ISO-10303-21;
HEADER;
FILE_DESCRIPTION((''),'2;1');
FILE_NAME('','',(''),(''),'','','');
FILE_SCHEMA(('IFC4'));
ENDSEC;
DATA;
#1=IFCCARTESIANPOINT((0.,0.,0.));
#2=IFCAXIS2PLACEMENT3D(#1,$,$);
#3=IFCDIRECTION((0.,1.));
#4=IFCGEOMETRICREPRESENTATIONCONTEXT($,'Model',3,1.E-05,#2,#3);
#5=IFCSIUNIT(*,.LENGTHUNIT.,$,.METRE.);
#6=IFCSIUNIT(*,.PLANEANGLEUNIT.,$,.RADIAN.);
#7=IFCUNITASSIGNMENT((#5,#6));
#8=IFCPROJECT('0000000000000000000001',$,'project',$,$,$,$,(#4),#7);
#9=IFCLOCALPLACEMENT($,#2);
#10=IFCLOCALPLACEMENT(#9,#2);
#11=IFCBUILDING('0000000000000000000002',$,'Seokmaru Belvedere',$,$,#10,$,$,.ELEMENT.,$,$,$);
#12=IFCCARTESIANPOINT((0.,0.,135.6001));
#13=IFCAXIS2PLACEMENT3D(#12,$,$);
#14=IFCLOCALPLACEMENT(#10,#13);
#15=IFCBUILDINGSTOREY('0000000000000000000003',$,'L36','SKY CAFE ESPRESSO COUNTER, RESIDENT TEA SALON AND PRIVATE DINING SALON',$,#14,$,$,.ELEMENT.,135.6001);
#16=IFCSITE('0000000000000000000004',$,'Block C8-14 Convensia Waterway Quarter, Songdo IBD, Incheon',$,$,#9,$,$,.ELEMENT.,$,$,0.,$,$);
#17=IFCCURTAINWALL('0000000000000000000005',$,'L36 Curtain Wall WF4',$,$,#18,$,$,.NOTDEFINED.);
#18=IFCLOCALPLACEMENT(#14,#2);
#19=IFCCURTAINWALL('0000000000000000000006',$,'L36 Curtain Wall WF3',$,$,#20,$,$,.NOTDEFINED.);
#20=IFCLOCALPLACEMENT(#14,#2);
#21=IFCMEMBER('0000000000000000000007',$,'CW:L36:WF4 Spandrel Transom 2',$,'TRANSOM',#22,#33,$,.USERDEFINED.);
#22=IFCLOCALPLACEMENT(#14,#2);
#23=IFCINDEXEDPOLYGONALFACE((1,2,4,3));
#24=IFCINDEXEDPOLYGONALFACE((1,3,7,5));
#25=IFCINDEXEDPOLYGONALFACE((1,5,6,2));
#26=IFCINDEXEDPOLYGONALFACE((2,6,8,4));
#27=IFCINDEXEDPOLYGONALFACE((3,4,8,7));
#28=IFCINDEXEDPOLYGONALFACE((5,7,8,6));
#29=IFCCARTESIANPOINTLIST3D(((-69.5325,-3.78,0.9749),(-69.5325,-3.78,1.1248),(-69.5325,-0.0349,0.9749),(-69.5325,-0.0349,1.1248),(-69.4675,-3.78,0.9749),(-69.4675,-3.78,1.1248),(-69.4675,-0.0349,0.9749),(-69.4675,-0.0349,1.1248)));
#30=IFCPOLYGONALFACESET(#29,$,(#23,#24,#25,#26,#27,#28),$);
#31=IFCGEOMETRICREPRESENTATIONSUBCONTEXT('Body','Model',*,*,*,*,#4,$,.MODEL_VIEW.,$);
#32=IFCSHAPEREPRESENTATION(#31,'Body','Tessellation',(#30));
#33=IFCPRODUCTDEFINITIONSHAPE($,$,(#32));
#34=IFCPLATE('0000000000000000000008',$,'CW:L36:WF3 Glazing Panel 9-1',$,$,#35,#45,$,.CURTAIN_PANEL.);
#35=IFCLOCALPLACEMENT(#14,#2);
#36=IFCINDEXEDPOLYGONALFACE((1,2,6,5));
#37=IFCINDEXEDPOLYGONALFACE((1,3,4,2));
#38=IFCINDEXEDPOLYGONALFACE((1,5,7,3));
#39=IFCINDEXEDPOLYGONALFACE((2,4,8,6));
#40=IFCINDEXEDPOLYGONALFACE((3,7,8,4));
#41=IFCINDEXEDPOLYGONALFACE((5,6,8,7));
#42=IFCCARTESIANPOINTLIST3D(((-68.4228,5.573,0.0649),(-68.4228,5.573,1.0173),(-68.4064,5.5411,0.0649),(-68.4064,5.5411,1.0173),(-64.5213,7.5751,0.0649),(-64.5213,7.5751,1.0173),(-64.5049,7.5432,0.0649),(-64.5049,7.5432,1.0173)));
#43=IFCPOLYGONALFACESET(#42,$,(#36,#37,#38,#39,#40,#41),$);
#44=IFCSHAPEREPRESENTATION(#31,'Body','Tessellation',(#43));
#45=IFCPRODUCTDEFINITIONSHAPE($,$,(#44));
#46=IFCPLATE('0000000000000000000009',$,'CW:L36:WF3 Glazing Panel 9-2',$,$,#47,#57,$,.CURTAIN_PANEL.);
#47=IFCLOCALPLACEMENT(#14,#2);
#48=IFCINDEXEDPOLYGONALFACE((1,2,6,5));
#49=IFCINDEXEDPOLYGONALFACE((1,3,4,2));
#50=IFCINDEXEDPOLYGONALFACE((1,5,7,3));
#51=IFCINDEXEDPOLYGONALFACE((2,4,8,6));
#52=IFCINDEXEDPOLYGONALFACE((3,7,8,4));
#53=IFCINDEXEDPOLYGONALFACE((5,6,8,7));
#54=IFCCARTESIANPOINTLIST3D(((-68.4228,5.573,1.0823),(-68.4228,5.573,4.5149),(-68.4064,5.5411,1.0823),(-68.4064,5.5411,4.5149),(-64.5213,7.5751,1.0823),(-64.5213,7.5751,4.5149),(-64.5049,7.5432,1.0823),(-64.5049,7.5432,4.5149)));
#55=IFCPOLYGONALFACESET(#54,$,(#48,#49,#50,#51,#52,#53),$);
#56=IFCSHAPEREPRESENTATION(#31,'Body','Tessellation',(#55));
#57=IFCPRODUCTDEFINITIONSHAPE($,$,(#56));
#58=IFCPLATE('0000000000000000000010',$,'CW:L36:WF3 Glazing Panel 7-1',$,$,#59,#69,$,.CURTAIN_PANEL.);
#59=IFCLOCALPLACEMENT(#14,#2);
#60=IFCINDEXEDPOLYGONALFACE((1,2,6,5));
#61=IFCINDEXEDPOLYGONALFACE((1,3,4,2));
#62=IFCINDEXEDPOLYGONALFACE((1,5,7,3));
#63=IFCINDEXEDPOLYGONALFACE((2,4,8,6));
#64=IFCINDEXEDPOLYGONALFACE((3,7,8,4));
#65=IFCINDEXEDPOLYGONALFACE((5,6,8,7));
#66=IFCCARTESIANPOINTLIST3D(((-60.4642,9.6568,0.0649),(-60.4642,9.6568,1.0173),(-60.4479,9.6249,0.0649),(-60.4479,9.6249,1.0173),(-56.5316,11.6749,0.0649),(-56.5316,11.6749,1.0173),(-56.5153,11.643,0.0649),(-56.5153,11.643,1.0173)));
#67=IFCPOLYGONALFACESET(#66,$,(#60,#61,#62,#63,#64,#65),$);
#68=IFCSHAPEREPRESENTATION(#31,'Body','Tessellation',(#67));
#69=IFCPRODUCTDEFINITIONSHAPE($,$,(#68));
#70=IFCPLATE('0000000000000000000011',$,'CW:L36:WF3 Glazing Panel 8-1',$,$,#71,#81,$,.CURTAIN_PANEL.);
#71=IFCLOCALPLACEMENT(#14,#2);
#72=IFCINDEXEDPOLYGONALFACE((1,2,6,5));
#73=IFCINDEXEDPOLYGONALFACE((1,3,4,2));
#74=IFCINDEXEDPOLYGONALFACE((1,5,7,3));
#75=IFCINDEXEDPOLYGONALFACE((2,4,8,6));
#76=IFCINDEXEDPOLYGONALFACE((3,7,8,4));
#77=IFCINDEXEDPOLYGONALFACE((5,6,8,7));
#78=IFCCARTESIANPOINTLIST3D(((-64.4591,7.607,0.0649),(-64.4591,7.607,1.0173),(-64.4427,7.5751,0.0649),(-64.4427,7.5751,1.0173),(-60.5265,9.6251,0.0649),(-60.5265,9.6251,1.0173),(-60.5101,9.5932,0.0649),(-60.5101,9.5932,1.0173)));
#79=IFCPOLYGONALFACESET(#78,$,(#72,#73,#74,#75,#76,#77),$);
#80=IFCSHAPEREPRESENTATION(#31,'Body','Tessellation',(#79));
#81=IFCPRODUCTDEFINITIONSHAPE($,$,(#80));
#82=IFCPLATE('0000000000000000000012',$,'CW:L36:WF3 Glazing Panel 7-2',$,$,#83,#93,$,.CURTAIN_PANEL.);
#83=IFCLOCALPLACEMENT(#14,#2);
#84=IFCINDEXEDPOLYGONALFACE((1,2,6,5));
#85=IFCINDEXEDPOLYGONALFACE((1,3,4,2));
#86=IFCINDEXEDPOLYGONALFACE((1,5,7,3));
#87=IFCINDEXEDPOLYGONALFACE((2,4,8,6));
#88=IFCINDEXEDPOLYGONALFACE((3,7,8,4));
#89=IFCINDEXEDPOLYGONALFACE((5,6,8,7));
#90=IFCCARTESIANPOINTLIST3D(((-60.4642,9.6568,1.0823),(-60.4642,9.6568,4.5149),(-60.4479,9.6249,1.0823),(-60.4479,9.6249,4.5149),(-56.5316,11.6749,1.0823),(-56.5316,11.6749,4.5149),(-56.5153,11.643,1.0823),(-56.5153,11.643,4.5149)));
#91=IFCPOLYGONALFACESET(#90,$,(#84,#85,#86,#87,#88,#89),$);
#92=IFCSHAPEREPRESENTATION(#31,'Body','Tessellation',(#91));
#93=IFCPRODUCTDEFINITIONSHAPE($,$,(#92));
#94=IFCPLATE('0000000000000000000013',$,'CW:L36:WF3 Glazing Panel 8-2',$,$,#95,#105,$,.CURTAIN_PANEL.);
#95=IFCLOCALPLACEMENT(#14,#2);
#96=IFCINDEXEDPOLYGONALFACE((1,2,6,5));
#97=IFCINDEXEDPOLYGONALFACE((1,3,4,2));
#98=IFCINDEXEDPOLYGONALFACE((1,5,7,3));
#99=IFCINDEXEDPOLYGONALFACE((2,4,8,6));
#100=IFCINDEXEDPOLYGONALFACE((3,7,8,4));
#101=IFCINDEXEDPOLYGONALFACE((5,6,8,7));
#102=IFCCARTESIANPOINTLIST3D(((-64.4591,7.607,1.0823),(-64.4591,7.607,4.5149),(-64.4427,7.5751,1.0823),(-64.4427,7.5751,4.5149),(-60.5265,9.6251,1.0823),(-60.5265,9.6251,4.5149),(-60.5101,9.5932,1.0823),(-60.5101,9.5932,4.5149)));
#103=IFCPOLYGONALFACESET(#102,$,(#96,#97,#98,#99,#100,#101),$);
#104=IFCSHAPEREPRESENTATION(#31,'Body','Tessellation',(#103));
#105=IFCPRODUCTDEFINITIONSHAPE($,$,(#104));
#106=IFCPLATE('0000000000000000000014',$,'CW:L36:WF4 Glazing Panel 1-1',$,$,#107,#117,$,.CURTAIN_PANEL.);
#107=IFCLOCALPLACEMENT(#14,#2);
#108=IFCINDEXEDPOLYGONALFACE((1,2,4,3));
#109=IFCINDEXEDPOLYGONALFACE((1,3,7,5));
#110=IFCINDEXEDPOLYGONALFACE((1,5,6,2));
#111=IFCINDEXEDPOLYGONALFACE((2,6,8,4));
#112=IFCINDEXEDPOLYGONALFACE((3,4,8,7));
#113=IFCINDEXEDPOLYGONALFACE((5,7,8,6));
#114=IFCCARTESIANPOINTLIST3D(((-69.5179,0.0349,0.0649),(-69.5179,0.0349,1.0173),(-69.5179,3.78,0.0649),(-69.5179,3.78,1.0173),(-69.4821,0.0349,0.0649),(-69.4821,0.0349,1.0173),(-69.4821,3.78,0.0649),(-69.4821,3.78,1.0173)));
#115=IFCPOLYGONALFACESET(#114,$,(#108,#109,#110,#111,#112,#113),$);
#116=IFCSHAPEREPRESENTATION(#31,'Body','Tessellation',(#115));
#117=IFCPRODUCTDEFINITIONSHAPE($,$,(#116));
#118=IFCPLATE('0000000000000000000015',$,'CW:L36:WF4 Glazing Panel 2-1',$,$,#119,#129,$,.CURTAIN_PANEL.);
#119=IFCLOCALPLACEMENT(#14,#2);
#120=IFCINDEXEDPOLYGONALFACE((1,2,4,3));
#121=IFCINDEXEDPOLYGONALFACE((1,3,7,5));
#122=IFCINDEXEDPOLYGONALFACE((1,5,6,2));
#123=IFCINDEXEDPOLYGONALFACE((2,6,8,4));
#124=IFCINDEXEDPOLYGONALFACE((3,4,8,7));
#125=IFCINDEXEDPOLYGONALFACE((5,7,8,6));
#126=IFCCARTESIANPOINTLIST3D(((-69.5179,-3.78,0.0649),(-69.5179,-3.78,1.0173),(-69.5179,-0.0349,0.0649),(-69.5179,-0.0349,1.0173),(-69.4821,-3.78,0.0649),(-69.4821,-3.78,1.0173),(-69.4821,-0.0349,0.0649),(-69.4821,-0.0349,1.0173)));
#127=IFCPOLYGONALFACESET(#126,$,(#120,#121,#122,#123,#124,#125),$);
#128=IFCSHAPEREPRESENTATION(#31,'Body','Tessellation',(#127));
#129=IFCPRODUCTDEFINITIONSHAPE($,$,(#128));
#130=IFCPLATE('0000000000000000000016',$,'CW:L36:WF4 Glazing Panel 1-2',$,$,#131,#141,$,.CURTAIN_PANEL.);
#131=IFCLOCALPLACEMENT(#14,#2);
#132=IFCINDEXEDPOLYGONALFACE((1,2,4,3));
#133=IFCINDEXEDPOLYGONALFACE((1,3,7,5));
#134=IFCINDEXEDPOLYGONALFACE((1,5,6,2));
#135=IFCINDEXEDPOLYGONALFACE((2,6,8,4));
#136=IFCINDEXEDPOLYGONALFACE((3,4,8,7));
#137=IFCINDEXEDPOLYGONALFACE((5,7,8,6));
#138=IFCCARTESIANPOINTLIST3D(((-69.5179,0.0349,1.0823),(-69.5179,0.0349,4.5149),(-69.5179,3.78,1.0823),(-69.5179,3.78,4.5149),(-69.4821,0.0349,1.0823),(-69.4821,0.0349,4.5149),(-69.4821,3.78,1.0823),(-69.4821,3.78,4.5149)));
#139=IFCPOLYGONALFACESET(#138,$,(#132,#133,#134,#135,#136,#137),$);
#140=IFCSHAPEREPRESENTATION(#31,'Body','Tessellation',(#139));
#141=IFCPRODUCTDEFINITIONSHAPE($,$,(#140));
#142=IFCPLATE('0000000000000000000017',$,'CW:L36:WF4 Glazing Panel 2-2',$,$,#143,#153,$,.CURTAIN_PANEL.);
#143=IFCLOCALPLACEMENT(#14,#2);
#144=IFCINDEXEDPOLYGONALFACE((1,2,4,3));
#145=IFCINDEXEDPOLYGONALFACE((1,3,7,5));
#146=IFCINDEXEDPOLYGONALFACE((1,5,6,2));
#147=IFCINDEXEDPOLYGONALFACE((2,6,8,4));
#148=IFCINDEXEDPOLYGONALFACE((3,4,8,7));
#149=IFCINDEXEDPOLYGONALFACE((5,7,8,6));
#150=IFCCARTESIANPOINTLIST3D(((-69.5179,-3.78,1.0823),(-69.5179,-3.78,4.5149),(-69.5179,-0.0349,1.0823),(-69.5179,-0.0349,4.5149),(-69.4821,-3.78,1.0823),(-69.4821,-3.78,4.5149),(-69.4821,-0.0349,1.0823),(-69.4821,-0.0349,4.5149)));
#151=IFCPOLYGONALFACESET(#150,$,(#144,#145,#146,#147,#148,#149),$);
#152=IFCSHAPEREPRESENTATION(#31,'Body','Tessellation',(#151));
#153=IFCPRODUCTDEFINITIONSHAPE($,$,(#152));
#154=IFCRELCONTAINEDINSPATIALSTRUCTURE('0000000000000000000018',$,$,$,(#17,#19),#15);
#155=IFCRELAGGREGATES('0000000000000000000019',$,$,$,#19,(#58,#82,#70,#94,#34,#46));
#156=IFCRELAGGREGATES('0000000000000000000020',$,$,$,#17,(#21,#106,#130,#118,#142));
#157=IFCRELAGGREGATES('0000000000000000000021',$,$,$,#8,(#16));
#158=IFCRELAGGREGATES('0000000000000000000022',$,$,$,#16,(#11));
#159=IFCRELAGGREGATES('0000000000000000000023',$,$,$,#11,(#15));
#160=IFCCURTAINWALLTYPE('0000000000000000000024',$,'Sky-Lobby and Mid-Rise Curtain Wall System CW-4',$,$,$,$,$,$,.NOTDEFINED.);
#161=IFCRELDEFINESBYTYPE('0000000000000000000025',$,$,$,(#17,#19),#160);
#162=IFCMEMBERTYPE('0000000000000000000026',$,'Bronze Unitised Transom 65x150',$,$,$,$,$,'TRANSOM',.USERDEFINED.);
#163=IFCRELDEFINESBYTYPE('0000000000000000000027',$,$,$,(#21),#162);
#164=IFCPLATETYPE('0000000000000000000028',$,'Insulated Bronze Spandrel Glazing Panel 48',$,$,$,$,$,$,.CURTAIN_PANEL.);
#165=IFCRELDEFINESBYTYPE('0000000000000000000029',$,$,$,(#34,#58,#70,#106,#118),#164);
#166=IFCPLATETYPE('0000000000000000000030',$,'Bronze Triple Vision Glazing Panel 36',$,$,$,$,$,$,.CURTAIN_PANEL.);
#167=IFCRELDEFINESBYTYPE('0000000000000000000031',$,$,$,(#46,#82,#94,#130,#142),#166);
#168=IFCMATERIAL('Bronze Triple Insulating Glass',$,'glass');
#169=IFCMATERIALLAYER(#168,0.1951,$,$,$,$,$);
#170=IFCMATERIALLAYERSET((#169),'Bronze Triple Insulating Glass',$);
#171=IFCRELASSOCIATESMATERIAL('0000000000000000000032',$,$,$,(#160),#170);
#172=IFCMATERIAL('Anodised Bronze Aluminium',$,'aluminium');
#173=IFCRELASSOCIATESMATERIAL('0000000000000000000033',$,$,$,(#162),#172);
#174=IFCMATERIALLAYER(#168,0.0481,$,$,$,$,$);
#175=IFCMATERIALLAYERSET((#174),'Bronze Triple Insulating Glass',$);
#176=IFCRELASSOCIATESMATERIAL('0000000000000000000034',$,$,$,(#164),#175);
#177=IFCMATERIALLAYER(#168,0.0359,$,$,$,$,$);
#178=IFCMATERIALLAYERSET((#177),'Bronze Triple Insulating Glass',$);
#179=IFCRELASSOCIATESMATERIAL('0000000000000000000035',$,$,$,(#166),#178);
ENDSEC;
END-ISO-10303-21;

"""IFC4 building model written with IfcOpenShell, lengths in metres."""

from ifc_helpers import new_model, si_unit, direction, frame, origin, origin_2d, place, context, subcontext, project, spatial, rectangle, extrude, source, transform, mapped, material, layer, layer_set, material_profile, profile_set, type_object, type_shapes, element, aggregate, save


model = new_model("IFC4")

# Units and contexts
model_context = context("Model", 3, precision=1e-05, world=origin(), true_north=direction((0.0, 1.0)))
body_context = subcontext(model_context, "Body", "Model", "MODEL_VIEW")
ifc_project = project(units=[si_unit("LENGTHUNIT", "METRE"), si_unit("PLANEANGLEUNIT", "RADIAN")], contexts=[model_context])

# Site, building, storey
site_placement = place(None, origin())
site = spatial("IfcSite", under=ifc_project, at=site_placement, Name="Block C8-14 Convensia Waterway Quarter, Songdo IBD, Incheon", CompositionType="ELEMENT", RefElevation=0.0)
building_placement = place(site_placement, origin())
building = spatial("IfcBuilding", under=site, at=building_placement, Name="Seokmaru Belvedere", CompositionType="ELEMENT")
storey_placement = place(building_placement, frame((0.0, 0.0, 135.6001)))
storey = spatial("IfcBuildingStorey", under=building, at=storey_placement, Name="L36", Description="SKY CAFE ESPRESSO COUNTER, RESIDENT TEA SALON AND PRIVATE DINING SALON", CompositionType="ELEMENT", Elevation=135.6001)

# Curtain wall
ifc_material_1 = material(Name="Bronze Triple Insulating Glass", Category="glass")
ifc_layer_1 = layer(ifc_material_1, 0.1951)
ifc_layer_set_1 = layer_set([ifc_layer_1], Name="Bronze Triple Insulating Glass")
curtain_wall_type = type_object("IfcCurtainWallType", Name="Sky-Lobby and Mid-Rise Curtain Wall System CW-4", PredefinedType="NOTDEFINED", material=ifc_layer_set_1)
curtain_wall_1_placement = place(storey_placement, origin())
curtain_wall_1 = element("IfcCurtainWall", 1, at=curtain_wall_1_placement, inside=storey, type_object=curtain_wall_type, Name="L36 Curtain Wall WF4", PredefinedType="NOTDEFINED")
ifc_material_2 = material(Name="Anodised Bronze Aluminium", Category="aluminium")
ifc_material_profile_1 = material_profile(ifc_material_2, rectangle(XDim=0.0649, YDim=0.1499, at=origin_2d()), Name="CW-T-65x150")
ifc_profile_set_1 = profile_set([ifc_material_profile_1], Name="Anodised Bronze Aluminium")
member_type_1 = type_object("IfcMemberType", Name="Bronze Unitised Transom 65x150", ElementType="TRANSOM", PredefinedType="USERDEFINED", material=ifc_profile_set_1)

# Curtain wall
curtain_wall_2_placement = place(storey_placement, origin())
curtain_wall_2 = element("IfcCurtainWall", 2, at=curtain_wall_2_placement, inside=storey, type_object=curtain_wall_type, Name="L36 Curtain Wall WF3", PredefinedType="NOTDEFINED")

# Member
shared_shape_1 = source(origin(), body_context, "Body", "SweptSolid", [
    extrude(rectangle(XDim=0.0649, YDim=0.1499, at=origin_2d()), origin(), (0.0, 0.0, 1.0), 3.7451),
])
member_1_placement = place(storey_placement, frame((-69.5, -0.0349, 1.0498), z_axis=(0.0, -1.0, 0.0), x_axis=(1.0, 0.0, 0.0)))
member_1 = element("IfcMember", 3, at=member_1_placement, type_object=member_type_1, Name="CW:L36:WF4 Spandrel Transom 2", ObjectType="TRANSOM", PredefinedType="USERDEFINED", context=body_context, shape_type="MappedRepresentation", body=[
    mapped(shared_shape_1, transform((0.0, 0.0, 0.0), scale=1.0)),
])

# Plates
ifc_layer_2 = layer(ifc_material_1, 0.0481)
ifc_layer_set_2 = layer_set([ifc_layer_2], Name="Bronze Triple Insulating Glass")
plate_type_1 = type_object("IfcPlateType", Name="Insulated Bronze Spandrel Glazing Panel 48", PredefinedType="CURTAIN_PANEL", material=ifc_layer_set_2)
shared_shape_2 = source(origin(), body_context, "Body", "SweptSolid", [
    extrude(rectangle(XDim=4.3853, YDim=0.0359, at=origin_2d()), origin(), (0.0, 0.0, 1.0), 0.9524),
])
plate_1_placement = place(storey_placement, frame((-66.4639, 6.5581, 0.0649), z_axis=(0.0, 0.0, 1.0), x_axis=(-0.889695, -0.456555, 0.0)))
plate_1 = element("IfcPlate", 4, at=plate_1_placement, type_object=plate_type_1, Name="CW:L36:WF3 Glazing Panel 9-1", PredefinedType="CURTAIN_PANEL", context=body_context, shape_type="MappedRepresentation", body=[
    mapped(shared_shape_2, transform((0.0, 0.0, 0.0), scale=1.0)),
])
ifc_layer_3 = layer(ifc_material_1, 0.0359)
ifc_layer_set_3 = layer_set([ifc_layer_3], Name="Bronze Triple Insulating Glass")
plate_type_2 = type_object("IfcPlateType", Name="Bronze Triple Vision Glazing Panel 36", PredefinedType="CURTAIN_PANEL", material=ifc_layer_set_3)
shared_shape_3 = source(origin(), body_context, "Body", "SweptSolid", [
    extrude(rectangle(XDim=4.3853, YDim=0.0359, at=origin_2d()), origin(), (0.0, 0.0, 1.0), 3.4326),
])
plate_2_placement = place(storey_placement, frame((-66.4639, 6.5581, 1.0823), z_axis=(0.0, 0.0, 1.0), x_axis=(-0.889695, -0.456555, 0.0)))
plate_2 = element("IfcPlate", 5, at=plate_2_placement, type_object=plate_type_2, Name="CW:L36:WF3 Glazing Panel 9-2", PredefinedType="CURTAIN_PANEL", context=body_context, shape_type="MappedRepresentation", body=[
    mapped(shared_shape_3, transform((0.0, 0.0, 0.0), scale=1.0)),
])
shared_shape_4 = source(origin(), body_context, "Body", "SweptSolid", [
    extrude(rectangle(XDim=4.4202, YDim=0.0359, at=origin_2d()), origin(), (0.0, 0.0, 1.0), 0.9524),
])
plate_3_placement = place(storey_placement, frame((-58.4897, 10.6499, 0.0649), z_axis=(0.0, 0.0, 1.0), x_axis=(-0.889695, -0.456555, 0.0)))
plate_3 = element("IfcPlate", 6, at=plate_3_placement, type_object=plate_type_1, Name="CW:L36:WF3 Glazing Panel 7-1", PredefinedType="CURTAIN_PANEL", context=body_context, shape_type="MappedRepresentation", body=[
    mapped(shared_shape_4, transform((0.0, 0.0, 0.0), scale=1.0)),
])
plate_4_placement = place(storey_placement, frame((-62.4846, 8.6001, 0.0649), z_axis=(0.0, 0.0, 1.0), x_axis=(-0.889695, -0.456555, 0.0)))
plate_4 = element("IfcPlate", 7, at=plate_4_placement, type_object=plate_type_1, Name="CW:L36:WF3 Glazing Panel 8-1", PredefinedType="CURTAIN_PANEL", context=body_context, shape_type="MappedRepresentation", body=[
    mapped(shared_shape_4, transform((0.0, 0.0, 0.0), scale=1.0)),
])
shared_shape_5 = source(origin(), body_context, "Body", "SweptSolid", [
    extrude(rectangle(XDim=4.4202, YDim=0.0359, at=origin_2d()), origin(), (0.0, 0.0, 1.0), 3.4326),
])
plate_5_placement = place(storey_placement, frame((-58.4897, 10.6499, 1.0823), z_axis=(0.0, 0.0, 1.0), x_axis=(-0.889695, -0.456555, 0.0)))
plate_5 = element("IfcPlate", 8, at=plate_5_placement, type_object=plate_type_2, Name="CW:L36:WF3 Glazing Panel 7-2", PredefinedType="CURTAIN_PANEL", context=body_context, shape_type="MappedRepresentation", body=[
    mapped(shared_shape_5, transform((0.0, 0.0, 0.0), scale=1.0)),
])
plate_6_placement = place(storey_placement, frame((-62.4846, 8.6001, 1.0823), z_axis=(0.0, 0.0, 1.0), x_axis=(-0.889695, -0.456555, 0.0)))
plate_6 = element("IfcPlate", 9, at=plate_6_placement, type_object=plate_type_2, Name="CW:L36:WF3 Glazing Panel 8-2", PredefinedType="CURTAIN_PANEL", context=body_context, shape_type="MappedRepresentation", body=[
    mapped(shared_shape_5, transform((0.0, 0.0, 0.0), scale=1.0)),
])
aggregate(curtain_wall_2, [plate_3, plate_5, plate_4, plate_6, plate_1, plate_2])
shared_shape_6 = source(origin(), body_context, "Body", "SweptSolid", [
    extrude(rectangle(XDim=3.7451, YDim=0.0359, at=origin_2d()), origin(), (0.0, 0.0, 1.0), 0.9524),
])
type_shapes(plate_type_1, [shared_shape_2, shared_shape_4, shared_shape_6])
plate_7_placement = place(storey_placement, frame((-69.5, 1.9075, 0.0649), z_axis=(0.0, 0.0, 1.0), x_axis=(0.0, -1.0, 0.0)))
plate_7 = element("IfcPlate", 10, at=plate_7_placement, type_object=plate_type_1, Name="CW:L36:WF4 Glazing Panel 1-1", PredefinedType="CURTAIN_PANEL", context=body_context, shape_type="MappedRepresentation", body=[
    mapped(shared_shape_6, transform((0.0, 0.0, 0.0), scale=1.0)),
])
plate_8_placement = place(storey_placement, frame((-69.5, -1.9075, 0.0649), z_axis=(0.0, 0.0, 1.0), x_axis=(0.0, -1.0, 0.0)))
plate_8 = element("IfcPlate", 11, at=plate_8_placement, type_object=plate_type_1, Name="CW:L36:WF4 Glazing Panel 2-1", PredefinedType="CURTAIN_PANEL", context=body_context, shape_type="MappedRepresentation", body=[
    mapped(shared_shape_6, transform((0.0, 0.0, 0.0), scale=1.0)),
])
shared_shape_7 = source(origin(), body_context, "Body", "SweptSolid", [
    extrude(rectangle(XDim=3.7451, YDim=0.0359, at=origin_2d()), origin(), (0.0, 0.0, 1.0), 3.4326),
])
type_shapes(plate_type_2, [shared_shape_3, shared_shape_5, shared_shape_7])
plate_9_placement = place(storey_placement, frame((-69.5, 1.9075, 1.0823), z_axis=(0.0, 0.0, 1.0), x_axis=(0.0, -1.0, 0.0)))
plate_9 = element("IfcPlate", 12, at=plate_9_placement, type_object=plate_type_2, Name="CW:L36:WF4 Glazing Panel 1-2", PredefinedType="CURTAIN_PANEL", context=body_context, shape_type="MappedRepresentation", body=[
    mapped(shared_shape_7, transform((0.0, 0.0, 0.0), scale=1.0)),
])
plate_10_placement = place(storey_placement, frame((-69.5, -1.9075, 1.0823), z_axis=(0.0, 0.0, 1.0), x_axis=(0.0, -1.0, 0.0)))
plate_10 = element("IfcPlate", 13, at=plate_10_placement, type_object=plate_type_2, Name="CW:L36:WF4 Glazing Panel 2-2", PredefinedType="CURTAIN_PANEL", context=body_context, shape_type="MappedRepresentation", body=[
    mapped(shared_shape_7, transform((0.0, 0.0, 0.0), scale=1.0)),
])
aggregate(curtain_wall_1, [member_1, plate_7, plate_9, plate_8, plate_10])

save(model, "model.ifc")
